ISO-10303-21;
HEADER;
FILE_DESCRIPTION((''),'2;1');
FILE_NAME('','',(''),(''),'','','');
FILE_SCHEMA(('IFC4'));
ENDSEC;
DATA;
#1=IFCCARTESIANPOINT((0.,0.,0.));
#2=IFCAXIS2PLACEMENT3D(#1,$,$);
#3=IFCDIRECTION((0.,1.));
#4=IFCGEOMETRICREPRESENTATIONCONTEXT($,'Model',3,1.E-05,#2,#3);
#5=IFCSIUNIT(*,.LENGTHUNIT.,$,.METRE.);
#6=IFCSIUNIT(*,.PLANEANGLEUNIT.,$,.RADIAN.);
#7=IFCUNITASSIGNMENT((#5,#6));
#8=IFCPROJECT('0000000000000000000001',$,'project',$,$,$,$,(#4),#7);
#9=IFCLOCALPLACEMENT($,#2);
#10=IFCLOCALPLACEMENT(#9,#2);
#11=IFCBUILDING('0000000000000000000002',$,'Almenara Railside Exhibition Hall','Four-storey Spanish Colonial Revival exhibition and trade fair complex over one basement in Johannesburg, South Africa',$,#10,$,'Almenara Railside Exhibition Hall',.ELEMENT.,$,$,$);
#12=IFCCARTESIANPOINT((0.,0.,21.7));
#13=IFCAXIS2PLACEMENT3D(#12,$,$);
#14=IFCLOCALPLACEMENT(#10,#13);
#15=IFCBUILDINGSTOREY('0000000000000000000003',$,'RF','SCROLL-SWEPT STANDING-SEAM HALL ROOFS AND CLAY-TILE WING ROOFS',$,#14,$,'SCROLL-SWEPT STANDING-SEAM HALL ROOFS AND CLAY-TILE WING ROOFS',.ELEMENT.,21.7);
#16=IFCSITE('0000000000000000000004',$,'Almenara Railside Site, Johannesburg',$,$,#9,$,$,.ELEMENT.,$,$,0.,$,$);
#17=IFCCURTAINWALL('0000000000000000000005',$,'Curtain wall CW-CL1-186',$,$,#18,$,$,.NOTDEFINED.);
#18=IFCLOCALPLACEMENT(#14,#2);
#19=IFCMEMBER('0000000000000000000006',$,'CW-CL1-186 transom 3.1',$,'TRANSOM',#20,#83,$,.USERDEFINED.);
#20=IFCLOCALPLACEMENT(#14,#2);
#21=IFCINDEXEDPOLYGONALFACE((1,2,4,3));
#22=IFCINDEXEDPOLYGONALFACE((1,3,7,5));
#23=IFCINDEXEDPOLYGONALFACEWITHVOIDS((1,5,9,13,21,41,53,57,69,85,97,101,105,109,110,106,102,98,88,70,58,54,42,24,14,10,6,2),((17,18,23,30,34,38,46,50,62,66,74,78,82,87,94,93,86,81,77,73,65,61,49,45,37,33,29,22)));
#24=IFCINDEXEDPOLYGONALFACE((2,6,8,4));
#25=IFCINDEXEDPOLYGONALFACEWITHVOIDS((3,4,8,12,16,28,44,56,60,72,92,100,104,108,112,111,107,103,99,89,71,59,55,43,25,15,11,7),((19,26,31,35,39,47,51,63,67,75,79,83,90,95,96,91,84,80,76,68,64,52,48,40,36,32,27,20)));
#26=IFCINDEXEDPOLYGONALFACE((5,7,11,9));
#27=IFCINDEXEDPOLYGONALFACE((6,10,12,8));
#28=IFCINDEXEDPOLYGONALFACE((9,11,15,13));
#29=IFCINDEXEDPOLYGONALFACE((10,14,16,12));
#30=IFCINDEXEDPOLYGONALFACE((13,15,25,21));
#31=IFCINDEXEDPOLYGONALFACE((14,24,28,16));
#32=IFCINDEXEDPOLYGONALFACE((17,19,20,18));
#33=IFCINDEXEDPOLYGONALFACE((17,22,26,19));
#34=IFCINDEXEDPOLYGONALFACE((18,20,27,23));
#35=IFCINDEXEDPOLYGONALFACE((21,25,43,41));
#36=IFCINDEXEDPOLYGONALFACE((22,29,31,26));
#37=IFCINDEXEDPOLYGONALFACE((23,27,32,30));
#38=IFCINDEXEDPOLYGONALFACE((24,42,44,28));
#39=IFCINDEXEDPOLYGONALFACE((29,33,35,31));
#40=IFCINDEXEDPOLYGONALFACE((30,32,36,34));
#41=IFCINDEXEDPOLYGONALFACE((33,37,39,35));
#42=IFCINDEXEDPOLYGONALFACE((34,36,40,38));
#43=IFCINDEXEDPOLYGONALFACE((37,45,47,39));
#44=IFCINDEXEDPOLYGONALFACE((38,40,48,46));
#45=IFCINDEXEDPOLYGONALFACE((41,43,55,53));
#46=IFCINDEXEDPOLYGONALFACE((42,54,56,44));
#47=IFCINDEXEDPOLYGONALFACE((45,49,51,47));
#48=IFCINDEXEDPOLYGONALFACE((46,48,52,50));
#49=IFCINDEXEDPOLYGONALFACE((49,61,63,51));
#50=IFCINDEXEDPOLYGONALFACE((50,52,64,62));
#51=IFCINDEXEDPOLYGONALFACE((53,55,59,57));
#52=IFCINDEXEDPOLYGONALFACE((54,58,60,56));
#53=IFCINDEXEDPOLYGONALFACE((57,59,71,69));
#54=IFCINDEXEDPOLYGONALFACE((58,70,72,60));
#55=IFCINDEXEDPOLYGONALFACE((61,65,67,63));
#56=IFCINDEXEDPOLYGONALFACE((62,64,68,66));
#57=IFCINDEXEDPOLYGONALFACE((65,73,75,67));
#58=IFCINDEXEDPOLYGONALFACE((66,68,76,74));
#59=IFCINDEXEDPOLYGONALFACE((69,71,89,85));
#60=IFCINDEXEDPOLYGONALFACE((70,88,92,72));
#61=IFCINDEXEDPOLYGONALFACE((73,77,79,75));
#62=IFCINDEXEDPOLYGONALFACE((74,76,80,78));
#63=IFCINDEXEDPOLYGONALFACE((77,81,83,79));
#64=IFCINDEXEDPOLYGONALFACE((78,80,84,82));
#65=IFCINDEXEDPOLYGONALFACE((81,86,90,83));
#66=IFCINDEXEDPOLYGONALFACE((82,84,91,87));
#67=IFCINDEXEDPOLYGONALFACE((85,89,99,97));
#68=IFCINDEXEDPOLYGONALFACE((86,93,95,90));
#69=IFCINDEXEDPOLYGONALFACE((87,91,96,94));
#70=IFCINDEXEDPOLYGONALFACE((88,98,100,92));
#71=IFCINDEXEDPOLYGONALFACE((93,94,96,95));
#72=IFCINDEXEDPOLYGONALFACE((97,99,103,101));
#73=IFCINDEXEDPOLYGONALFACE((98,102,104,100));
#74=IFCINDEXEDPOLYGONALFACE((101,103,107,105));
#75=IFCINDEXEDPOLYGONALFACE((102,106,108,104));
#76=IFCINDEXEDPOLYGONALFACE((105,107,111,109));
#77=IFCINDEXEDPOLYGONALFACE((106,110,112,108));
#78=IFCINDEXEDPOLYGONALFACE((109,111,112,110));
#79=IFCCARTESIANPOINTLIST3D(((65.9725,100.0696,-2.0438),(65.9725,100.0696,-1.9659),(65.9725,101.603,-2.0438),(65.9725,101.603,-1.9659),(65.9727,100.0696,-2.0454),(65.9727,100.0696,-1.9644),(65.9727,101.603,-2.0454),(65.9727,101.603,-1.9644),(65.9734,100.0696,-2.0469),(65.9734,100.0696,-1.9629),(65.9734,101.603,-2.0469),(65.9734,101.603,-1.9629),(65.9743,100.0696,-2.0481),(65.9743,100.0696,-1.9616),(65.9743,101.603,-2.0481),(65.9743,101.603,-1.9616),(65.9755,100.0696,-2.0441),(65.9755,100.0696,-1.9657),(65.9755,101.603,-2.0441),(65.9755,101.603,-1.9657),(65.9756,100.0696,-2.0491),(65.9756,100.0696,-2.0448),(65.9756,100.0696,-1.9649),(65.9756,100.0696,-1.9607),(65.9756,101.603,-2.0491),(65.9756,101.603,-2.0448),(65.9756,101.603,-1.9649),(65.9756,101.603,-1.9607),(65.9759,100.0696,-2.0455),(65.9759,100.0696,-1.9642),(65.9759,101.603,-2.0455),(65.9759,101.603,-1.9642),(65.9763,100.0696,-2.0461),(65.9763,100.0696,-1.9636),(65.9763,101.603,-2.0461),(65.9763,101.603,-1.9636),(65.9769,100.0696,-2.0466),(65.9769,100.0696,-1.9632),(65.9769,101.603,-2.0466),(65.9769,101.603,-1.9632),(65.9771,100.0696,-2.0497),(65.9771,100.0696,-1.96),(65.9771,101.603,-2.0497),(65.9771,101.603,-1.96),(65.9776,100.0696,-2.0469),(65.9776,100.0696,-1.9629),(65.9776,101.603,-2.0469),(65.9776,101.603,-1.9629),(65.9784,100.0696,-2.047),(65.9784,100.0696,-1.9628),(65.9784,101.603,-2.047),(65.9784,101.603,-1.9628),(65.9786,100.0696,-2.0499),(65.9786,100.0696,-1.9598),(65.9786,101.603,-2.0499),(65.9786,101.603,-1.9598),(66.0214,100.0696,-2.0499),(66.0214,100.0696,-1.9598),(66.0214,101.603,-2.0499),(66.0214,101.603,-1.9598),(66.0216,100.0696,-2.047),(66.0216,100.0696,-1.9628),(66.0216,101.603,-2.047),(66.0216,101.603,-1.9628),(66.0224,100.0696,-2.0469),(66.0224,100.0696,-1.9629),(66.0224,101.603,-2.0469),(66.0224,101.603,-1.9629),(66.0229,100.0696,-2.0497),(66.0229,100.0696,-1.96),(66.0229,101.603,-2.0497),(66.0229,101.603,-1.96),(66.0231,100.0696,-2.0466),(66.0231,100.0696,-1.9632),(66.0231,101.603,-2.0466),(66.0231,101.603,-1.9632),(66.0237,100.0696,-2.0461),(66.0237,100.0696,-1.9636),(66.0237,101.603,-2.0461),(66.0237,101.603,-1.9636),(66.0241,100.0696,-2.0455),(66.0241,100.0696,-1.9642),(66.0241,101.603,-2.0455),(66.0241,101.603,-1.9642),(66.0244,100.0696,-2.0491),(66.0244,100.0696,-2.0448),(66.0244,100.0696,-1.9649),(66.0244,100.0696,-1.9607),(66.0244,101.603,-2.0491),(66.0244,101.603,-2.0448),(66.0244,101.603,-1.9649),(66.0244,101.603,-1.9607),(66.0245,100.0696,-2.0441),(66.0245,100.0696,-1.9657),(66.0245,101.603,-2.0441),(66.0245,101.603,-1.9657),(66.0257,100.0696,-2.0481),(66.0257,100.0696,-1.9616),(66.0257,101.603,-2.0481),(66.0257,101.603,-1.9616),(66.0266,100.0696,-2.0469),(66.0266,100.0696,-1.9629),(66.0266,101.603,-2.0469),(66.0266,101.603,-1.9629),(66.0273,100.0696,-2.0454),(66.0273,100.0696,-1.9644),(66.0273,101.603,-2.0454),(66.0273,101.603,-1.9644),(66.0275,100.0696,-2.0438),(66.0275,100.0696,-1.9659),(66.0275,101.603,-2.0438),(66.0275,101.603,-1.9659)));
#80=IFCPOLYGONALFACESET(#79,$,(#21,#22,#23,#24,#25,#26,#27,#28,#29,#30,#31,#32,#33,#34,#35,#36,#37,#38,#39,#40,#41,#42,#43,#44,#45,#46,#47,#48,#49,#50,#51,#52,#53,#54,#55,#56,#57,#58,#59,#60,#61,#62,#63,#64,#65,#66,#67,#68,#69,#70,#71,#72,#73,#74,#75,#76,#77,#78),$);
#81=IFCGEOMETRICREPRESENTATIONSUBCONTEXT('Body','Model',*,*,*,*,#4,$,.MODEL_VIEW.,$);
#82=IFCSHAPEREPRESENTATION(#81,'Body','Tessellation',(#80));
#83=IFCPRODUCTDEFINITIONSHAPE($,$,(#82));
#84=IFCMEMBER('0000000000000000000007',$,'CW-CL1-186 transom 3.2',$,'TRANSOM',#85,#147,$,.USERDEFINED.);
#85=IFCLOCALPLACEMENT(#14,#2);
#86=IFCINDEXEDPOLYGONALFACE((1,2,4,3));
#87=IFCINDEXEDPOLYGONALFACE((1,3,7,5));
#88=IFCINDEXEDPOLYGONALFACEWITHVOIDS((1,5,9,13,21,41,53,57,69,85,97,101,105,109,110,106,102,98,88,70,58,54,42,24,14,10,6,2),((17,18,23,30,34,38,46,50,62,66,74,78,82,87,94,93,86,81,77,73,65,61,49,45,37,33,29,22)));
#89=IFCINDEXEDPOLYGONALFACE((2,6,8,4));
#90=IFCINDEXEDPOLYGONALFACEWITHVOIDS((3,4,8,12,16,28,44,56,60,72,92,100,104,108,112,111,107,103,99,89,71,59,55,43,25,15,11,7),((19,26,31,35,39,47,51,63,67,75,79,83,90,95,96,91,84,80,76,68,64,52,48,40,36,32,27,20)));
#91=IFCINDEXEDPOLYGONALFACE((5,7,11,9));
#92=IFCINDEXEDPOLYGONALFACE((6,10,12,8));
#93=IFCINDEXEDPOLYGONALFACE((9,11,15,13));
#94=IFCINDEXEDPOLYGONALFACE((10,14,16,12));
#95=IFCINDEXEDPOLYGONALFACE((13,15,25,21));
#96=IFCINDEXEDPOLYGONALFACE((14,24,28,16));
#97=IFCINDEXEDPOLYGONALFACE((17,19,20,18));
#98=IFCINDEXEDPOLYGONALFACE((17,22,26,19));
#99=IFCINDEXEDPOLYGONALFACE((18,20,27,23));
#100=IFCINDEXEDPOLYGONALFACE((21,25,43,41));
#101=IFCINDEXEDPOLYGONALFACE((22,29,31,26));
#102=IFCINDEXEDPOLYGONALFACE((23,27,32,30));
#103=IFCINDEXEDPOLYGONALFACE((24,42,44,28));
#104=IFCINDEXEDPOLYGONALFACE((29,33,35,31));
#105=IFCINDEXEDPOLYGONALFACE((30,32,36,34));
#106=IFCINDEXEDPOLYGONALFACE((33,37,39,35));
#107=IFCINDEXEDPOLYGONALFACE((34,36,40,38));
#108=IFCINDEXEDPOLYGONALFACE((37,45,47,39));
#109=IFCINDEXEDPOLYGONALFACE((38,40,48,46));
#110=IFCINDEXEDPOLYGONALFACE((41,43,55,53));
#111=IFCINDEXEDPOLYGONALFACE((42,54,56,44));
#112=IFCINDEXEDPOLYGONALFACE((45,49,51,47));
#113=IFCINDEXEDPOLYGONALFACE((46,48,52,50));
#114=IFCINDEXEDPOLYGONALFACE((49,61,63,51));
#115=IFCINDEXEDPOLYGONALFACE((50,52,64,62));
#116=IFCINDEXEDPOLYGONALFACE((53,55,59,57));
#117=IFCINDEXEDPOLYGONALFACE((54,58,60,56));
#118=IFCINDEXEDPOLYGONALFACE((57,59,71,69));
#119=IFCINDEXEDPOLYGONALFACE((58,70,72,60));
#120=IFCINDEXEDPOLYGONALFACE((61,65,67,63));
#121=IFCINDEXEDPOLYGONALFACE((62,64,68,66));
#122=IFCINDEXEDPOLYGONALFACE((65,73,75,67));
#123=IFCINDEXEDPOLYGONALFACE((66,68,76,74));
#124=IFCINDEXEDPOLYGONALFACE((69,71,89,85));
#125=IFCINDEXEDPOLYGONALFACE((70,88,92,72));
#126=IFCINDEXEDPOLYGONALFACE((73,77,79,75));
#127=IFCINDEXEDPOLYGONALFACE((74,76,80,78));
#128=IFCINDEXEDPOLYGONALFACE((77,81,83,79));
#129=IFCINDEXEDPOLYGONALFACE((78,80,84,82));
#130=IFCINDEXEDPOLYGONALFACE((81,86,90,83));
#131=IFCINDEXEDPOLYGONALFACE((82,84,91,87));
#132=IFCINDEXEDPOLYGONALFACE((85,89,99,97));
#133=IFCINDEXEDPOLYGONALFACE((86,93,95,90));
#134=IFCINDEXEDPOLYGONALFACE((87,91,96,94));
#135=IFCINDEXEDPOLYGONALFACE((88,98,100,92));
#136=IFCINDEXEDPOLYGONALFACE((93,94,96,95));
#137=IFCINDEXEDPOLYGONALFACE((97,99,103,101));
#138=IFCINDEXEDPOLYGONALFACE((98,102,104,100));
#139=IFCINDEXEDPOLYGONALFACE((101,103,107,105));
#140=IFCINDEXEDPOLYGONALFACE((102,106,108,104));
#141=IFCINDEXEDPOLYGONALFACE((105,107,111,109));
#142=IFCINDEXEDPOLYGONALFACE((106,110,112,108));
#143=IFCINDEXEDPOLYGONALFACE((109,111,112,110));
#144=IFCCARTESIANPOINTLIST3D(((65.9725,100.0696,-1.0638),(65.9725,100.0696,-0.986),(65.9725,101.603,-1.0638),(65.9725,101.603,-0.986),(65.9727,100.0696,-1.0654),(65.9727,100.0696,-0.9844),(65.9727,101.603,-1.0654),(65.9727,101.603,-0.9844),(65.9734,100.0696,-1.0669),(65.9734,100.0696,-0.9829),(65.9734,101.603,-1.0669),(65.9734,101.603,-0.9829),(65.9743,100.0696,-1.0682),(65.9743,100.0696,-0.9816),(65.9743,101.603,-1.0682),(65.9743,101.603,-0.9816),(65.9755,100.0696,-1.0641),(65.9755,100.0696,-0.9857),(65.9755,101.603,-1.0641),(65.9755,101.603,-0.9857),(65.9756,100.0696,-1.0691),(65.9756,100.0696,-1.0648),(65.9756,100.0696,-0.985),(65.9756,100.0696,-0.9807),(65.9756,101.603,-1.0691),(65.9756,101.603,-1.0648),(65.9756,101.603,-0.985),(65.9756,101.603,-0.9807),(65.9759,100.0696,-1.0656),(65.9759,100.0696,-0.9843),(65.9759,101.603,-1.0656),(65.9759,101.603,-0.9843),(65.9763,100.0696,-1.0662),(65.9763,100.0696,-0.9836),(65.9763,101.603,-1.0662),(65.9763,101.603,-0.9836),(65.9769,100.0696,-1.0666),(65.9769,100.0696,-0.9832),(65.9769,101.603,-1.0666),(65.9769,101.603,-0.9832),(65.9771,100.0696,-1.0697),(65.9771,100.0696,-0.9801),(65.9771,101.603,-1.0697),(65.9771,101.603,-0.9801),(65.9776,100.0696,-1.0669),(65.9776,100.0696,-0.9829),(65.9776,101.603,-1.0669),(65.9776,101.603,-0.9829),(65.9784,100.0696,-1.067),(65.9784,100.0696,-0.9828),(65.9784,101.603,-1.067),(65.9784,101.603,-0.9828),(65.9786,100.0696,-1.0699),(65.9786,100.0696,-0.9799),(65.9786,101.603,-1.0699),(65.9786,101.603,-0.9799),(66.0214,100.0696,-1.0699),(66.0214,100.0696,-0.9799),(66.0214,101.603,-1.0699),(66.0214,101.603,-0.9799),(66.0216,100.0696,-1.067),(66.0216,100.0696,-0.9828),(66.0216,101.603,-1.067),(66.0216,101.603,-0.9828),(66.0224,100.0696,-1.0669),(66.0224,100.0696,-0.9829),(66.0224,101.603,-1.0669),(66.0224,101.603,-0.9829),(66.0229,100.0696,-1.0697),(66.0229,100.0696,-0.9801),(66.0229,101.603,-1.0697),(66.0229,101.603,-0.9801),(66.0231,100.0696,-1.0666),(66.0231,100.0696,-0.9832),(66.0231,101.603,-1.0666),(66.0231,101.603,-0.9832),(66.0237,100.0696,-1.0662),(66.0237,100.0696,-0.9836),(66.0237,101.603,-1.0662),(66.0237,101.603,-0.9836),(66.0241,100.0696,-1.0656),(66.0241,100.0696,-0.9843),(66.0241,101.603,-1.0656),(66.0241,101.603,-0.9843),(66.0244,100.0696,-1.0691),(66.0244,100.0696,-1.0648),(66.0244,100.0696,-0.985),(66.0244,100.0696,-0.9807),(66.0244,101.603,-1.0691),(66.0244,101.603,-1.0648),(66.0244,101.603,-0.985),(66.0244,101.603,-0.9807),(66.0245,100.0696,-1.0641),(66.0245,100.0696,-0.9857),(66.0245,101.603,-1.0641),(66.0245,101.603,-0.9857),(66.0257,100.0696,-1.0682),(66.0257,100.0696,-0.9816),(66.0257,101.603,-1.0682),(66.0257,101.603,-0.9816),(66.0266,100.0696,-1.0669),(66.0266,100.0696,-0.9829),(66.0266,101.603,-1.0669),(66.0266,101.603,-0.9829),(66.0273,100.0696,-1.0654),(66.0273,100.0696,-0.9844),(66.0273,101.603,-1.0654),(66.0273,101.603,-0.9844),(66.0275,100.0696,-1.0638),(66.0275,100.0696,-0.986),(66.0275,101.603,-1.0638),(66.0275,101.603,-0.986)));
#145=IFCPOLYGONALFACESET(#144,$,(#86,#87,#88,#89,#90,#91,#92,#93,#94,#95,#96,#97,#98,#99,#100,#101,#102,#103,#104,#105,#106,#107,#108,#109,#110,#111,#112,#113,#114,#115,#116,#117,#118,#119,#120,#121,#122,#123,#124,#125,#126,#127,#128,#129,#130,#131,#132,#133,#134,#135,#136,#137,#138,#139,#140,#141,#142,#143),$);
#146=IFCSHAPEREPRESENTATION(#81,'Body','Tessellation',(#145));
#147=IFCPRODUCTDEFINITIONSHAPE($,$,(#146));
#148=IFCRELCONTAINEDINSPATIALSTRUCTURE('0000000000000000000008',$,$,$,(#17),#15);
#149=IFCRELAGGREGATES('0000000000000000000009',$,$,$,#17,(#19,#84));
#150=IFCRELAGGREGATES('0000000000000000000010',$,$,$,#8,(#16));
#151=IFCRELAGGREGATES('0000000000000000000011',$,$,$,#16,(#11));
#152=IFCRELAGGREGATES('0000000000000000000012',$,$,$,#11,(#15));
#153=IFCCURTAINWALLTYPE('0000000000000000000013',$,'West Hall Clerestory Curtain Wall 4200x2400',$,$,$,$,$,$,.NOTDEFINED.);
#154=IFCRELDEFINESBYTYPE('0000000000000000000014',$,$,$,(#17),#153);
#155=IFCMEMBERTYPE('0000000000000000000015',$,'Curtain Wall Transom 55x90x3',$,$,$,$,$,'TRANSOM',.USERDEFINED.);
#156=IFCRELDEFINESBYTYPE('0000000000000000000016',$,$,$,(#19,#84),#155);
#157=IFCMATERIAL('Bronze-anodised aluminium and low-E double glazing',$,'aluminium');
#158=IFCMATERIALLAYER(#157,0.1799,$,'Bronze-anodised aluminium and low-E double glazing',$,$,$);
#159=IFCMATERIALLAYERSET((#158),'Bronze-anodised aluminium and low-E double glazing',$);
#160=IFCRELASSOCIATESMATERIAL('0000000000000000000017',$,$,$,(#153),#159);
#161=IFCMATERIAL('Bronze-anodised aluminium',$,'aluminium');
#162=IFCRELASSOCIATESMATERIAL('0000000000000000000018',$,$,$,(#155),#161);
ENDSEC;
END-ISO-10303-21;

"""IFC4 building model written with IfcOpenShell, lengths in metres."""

from ifc_helpers import new_model, si_unit, direction, frame, origin, origin_2d, place, context, subcontext, project, spatial, hollow_rectangle, extrude, material, layer, layer_set, material_profile, profile_set, type_object, element, aggregate, save


model = new_model("IFC4")

# Units and contexts
model_context = context("Model", 3, precision=1e-05, world=origin(), true_north=direction((0.0, 1.0)))
body_context = subcontext(model_context, "Body", "Model", "MODEL_VIEW")
ifc_project = project(units=[si_unit("LENGTHUNIT", "METRE"), si_unit("PLANEANGLEUNIT", "RADIAN")], contexts=[model_context])

# Site, building, storey
site_placement = place(None, origin())
site = spatial("IfcSite", under=ifc_project, at=site_placement, Name="Almenara Railside Site, Johannesburg", CompositionType="ELEMENT", RefElevation=0.0)
building_placement = place(site_placement, origin())
building = spatial("IfcBuilding", under=site, at=building_placement, Name="Almenara Railside Exhibition Hall", Description="Four-storey Spanish Colonial Revival exhibition and trade fair complex over one basement in Johannesburg, South Africa", LongName="Almenara Railside Exhibition Hall", CompositionType="ELEMENT")
storey_placement = place(building_placement, frame((0.0, 0.0, 21.7)))
storey = spatial("IfcBuildingStorey", under=building, at=storey_placement, Name="RF", Description="SCROLL-SWEPT STANDING-SEAM HALL ROOFS AND CLAY-TILE WING ROOFS", LongName="SCROLL-SWEPT STANDING-SEAM HALL ROOFS AND CLAY-TILE WING ROOFS", CompositionType="ELEMENT", Elevation=21.7)

# Curtain wall
ifc_material_1 = material(Name="Bronze-anodised aluminium and low-E double glazing", Category="aluminium")
ifc_layer_1 = layer(ifc_material_1, 0.1799, Name="Bronze-anodised aluminium and low-E double glazing")
ifc_layer_set_1 = layer_set([ifc_layer_1], Name="Bronze-anodised aluminium and low-E double glazing")
curtain_wall_type = type_object("IfcCurtainWallType", Name="West Hall Clerestory Curtain Wall 4200x2400", PredefinedType="NOTDEFINED", material=ifc_layer_set_1)
curtain_wall_1_placement = place(storey_placement, origin())
curtain_wall_1 = element("IfcCurtainWall", 1, at=curtain_wall_1_placement, inside=storey, type_object=curtain_wall_type, Name="Curtain wall CW-CL1-186", PredefinedType="NOTDEFINED")
ifc_material_2 = material(Name="Bronze-anodised aluminium", Category="aluminium")

# Members
ifc_material_profile_1 = material_profile(ifc_material_2, hollow_rectangle(XDim=0.0549, YDim=0.0901, WallThickness=0.0029, InnerFilletRadius=0.0029, OuterFilletRadius=0.0061, at=origin_2d()), Name="ALU-TRN 55x90x3")
ifc_profile_set_1 = profile_set([ifc_material_profile_1], Name="Bronze-anodised aluminium")
member_type_1 = type_object("IfcMemberType", Name="Curtain Wall Transom 55x90x3", ElementType="TRANSOM", PredefinedType="USERDEFINED", material=ifc_profile_set_1)
member_1_placement = place(storey_placement, frame((66.0, 100.0696, -2.0049), z_axis=(0.0, 1.0, 0.0), x_axis=(-1.0, 0.0, 0.0)))
member_1 = element("IfcMember", 2, at=member_1_placement, type_object=member_type_1, Name="CW-CL1-186 transom 3.1", ObjectType="TRANSOM", PredefinedType="USERDEFINED", context=body_context, shape_type="SweptSolid", body=[
    extrude(hollow_rectangle(XDim=0.0549, YDim=0.0901, WallThickness=0.0029, InnerFilletRadius=0.0029, OuterFilletRadius=0.0061, at=origin_2d()), origin(), (0.0, 0.0, 1.0), 1.5334),
])
member_2_placement = place(storey_placement, frame((66.0, 100.0696, -1.0249), z_axis=(0.0, 1.0, 0.0), x_axis=(-1.0, 0.0, 0.0)))
member_2 = element("IfcMember", 3, at=member_2_placement, type_object=member_type_1, Name="CW-CL1-186 transom 3.2", ObjectType="TRANSOM", PredefinedType="USERDEFINED", context=body_context, shape_type="SweptSolid", body=[
    extrude(hollow_rectangle(XDim=0.0549, YDim=0.0901, WallThickness=0.0029, InnerFilletRadius=0.0029, OuterFilletRadius=0.0061, at=origin_2d()), origin(), (0.0, 0.0, 1.0), 1.5334),
])

aggregate(curtain_wall_1, [member_1, member_2])

save(model, "model.ifc")
